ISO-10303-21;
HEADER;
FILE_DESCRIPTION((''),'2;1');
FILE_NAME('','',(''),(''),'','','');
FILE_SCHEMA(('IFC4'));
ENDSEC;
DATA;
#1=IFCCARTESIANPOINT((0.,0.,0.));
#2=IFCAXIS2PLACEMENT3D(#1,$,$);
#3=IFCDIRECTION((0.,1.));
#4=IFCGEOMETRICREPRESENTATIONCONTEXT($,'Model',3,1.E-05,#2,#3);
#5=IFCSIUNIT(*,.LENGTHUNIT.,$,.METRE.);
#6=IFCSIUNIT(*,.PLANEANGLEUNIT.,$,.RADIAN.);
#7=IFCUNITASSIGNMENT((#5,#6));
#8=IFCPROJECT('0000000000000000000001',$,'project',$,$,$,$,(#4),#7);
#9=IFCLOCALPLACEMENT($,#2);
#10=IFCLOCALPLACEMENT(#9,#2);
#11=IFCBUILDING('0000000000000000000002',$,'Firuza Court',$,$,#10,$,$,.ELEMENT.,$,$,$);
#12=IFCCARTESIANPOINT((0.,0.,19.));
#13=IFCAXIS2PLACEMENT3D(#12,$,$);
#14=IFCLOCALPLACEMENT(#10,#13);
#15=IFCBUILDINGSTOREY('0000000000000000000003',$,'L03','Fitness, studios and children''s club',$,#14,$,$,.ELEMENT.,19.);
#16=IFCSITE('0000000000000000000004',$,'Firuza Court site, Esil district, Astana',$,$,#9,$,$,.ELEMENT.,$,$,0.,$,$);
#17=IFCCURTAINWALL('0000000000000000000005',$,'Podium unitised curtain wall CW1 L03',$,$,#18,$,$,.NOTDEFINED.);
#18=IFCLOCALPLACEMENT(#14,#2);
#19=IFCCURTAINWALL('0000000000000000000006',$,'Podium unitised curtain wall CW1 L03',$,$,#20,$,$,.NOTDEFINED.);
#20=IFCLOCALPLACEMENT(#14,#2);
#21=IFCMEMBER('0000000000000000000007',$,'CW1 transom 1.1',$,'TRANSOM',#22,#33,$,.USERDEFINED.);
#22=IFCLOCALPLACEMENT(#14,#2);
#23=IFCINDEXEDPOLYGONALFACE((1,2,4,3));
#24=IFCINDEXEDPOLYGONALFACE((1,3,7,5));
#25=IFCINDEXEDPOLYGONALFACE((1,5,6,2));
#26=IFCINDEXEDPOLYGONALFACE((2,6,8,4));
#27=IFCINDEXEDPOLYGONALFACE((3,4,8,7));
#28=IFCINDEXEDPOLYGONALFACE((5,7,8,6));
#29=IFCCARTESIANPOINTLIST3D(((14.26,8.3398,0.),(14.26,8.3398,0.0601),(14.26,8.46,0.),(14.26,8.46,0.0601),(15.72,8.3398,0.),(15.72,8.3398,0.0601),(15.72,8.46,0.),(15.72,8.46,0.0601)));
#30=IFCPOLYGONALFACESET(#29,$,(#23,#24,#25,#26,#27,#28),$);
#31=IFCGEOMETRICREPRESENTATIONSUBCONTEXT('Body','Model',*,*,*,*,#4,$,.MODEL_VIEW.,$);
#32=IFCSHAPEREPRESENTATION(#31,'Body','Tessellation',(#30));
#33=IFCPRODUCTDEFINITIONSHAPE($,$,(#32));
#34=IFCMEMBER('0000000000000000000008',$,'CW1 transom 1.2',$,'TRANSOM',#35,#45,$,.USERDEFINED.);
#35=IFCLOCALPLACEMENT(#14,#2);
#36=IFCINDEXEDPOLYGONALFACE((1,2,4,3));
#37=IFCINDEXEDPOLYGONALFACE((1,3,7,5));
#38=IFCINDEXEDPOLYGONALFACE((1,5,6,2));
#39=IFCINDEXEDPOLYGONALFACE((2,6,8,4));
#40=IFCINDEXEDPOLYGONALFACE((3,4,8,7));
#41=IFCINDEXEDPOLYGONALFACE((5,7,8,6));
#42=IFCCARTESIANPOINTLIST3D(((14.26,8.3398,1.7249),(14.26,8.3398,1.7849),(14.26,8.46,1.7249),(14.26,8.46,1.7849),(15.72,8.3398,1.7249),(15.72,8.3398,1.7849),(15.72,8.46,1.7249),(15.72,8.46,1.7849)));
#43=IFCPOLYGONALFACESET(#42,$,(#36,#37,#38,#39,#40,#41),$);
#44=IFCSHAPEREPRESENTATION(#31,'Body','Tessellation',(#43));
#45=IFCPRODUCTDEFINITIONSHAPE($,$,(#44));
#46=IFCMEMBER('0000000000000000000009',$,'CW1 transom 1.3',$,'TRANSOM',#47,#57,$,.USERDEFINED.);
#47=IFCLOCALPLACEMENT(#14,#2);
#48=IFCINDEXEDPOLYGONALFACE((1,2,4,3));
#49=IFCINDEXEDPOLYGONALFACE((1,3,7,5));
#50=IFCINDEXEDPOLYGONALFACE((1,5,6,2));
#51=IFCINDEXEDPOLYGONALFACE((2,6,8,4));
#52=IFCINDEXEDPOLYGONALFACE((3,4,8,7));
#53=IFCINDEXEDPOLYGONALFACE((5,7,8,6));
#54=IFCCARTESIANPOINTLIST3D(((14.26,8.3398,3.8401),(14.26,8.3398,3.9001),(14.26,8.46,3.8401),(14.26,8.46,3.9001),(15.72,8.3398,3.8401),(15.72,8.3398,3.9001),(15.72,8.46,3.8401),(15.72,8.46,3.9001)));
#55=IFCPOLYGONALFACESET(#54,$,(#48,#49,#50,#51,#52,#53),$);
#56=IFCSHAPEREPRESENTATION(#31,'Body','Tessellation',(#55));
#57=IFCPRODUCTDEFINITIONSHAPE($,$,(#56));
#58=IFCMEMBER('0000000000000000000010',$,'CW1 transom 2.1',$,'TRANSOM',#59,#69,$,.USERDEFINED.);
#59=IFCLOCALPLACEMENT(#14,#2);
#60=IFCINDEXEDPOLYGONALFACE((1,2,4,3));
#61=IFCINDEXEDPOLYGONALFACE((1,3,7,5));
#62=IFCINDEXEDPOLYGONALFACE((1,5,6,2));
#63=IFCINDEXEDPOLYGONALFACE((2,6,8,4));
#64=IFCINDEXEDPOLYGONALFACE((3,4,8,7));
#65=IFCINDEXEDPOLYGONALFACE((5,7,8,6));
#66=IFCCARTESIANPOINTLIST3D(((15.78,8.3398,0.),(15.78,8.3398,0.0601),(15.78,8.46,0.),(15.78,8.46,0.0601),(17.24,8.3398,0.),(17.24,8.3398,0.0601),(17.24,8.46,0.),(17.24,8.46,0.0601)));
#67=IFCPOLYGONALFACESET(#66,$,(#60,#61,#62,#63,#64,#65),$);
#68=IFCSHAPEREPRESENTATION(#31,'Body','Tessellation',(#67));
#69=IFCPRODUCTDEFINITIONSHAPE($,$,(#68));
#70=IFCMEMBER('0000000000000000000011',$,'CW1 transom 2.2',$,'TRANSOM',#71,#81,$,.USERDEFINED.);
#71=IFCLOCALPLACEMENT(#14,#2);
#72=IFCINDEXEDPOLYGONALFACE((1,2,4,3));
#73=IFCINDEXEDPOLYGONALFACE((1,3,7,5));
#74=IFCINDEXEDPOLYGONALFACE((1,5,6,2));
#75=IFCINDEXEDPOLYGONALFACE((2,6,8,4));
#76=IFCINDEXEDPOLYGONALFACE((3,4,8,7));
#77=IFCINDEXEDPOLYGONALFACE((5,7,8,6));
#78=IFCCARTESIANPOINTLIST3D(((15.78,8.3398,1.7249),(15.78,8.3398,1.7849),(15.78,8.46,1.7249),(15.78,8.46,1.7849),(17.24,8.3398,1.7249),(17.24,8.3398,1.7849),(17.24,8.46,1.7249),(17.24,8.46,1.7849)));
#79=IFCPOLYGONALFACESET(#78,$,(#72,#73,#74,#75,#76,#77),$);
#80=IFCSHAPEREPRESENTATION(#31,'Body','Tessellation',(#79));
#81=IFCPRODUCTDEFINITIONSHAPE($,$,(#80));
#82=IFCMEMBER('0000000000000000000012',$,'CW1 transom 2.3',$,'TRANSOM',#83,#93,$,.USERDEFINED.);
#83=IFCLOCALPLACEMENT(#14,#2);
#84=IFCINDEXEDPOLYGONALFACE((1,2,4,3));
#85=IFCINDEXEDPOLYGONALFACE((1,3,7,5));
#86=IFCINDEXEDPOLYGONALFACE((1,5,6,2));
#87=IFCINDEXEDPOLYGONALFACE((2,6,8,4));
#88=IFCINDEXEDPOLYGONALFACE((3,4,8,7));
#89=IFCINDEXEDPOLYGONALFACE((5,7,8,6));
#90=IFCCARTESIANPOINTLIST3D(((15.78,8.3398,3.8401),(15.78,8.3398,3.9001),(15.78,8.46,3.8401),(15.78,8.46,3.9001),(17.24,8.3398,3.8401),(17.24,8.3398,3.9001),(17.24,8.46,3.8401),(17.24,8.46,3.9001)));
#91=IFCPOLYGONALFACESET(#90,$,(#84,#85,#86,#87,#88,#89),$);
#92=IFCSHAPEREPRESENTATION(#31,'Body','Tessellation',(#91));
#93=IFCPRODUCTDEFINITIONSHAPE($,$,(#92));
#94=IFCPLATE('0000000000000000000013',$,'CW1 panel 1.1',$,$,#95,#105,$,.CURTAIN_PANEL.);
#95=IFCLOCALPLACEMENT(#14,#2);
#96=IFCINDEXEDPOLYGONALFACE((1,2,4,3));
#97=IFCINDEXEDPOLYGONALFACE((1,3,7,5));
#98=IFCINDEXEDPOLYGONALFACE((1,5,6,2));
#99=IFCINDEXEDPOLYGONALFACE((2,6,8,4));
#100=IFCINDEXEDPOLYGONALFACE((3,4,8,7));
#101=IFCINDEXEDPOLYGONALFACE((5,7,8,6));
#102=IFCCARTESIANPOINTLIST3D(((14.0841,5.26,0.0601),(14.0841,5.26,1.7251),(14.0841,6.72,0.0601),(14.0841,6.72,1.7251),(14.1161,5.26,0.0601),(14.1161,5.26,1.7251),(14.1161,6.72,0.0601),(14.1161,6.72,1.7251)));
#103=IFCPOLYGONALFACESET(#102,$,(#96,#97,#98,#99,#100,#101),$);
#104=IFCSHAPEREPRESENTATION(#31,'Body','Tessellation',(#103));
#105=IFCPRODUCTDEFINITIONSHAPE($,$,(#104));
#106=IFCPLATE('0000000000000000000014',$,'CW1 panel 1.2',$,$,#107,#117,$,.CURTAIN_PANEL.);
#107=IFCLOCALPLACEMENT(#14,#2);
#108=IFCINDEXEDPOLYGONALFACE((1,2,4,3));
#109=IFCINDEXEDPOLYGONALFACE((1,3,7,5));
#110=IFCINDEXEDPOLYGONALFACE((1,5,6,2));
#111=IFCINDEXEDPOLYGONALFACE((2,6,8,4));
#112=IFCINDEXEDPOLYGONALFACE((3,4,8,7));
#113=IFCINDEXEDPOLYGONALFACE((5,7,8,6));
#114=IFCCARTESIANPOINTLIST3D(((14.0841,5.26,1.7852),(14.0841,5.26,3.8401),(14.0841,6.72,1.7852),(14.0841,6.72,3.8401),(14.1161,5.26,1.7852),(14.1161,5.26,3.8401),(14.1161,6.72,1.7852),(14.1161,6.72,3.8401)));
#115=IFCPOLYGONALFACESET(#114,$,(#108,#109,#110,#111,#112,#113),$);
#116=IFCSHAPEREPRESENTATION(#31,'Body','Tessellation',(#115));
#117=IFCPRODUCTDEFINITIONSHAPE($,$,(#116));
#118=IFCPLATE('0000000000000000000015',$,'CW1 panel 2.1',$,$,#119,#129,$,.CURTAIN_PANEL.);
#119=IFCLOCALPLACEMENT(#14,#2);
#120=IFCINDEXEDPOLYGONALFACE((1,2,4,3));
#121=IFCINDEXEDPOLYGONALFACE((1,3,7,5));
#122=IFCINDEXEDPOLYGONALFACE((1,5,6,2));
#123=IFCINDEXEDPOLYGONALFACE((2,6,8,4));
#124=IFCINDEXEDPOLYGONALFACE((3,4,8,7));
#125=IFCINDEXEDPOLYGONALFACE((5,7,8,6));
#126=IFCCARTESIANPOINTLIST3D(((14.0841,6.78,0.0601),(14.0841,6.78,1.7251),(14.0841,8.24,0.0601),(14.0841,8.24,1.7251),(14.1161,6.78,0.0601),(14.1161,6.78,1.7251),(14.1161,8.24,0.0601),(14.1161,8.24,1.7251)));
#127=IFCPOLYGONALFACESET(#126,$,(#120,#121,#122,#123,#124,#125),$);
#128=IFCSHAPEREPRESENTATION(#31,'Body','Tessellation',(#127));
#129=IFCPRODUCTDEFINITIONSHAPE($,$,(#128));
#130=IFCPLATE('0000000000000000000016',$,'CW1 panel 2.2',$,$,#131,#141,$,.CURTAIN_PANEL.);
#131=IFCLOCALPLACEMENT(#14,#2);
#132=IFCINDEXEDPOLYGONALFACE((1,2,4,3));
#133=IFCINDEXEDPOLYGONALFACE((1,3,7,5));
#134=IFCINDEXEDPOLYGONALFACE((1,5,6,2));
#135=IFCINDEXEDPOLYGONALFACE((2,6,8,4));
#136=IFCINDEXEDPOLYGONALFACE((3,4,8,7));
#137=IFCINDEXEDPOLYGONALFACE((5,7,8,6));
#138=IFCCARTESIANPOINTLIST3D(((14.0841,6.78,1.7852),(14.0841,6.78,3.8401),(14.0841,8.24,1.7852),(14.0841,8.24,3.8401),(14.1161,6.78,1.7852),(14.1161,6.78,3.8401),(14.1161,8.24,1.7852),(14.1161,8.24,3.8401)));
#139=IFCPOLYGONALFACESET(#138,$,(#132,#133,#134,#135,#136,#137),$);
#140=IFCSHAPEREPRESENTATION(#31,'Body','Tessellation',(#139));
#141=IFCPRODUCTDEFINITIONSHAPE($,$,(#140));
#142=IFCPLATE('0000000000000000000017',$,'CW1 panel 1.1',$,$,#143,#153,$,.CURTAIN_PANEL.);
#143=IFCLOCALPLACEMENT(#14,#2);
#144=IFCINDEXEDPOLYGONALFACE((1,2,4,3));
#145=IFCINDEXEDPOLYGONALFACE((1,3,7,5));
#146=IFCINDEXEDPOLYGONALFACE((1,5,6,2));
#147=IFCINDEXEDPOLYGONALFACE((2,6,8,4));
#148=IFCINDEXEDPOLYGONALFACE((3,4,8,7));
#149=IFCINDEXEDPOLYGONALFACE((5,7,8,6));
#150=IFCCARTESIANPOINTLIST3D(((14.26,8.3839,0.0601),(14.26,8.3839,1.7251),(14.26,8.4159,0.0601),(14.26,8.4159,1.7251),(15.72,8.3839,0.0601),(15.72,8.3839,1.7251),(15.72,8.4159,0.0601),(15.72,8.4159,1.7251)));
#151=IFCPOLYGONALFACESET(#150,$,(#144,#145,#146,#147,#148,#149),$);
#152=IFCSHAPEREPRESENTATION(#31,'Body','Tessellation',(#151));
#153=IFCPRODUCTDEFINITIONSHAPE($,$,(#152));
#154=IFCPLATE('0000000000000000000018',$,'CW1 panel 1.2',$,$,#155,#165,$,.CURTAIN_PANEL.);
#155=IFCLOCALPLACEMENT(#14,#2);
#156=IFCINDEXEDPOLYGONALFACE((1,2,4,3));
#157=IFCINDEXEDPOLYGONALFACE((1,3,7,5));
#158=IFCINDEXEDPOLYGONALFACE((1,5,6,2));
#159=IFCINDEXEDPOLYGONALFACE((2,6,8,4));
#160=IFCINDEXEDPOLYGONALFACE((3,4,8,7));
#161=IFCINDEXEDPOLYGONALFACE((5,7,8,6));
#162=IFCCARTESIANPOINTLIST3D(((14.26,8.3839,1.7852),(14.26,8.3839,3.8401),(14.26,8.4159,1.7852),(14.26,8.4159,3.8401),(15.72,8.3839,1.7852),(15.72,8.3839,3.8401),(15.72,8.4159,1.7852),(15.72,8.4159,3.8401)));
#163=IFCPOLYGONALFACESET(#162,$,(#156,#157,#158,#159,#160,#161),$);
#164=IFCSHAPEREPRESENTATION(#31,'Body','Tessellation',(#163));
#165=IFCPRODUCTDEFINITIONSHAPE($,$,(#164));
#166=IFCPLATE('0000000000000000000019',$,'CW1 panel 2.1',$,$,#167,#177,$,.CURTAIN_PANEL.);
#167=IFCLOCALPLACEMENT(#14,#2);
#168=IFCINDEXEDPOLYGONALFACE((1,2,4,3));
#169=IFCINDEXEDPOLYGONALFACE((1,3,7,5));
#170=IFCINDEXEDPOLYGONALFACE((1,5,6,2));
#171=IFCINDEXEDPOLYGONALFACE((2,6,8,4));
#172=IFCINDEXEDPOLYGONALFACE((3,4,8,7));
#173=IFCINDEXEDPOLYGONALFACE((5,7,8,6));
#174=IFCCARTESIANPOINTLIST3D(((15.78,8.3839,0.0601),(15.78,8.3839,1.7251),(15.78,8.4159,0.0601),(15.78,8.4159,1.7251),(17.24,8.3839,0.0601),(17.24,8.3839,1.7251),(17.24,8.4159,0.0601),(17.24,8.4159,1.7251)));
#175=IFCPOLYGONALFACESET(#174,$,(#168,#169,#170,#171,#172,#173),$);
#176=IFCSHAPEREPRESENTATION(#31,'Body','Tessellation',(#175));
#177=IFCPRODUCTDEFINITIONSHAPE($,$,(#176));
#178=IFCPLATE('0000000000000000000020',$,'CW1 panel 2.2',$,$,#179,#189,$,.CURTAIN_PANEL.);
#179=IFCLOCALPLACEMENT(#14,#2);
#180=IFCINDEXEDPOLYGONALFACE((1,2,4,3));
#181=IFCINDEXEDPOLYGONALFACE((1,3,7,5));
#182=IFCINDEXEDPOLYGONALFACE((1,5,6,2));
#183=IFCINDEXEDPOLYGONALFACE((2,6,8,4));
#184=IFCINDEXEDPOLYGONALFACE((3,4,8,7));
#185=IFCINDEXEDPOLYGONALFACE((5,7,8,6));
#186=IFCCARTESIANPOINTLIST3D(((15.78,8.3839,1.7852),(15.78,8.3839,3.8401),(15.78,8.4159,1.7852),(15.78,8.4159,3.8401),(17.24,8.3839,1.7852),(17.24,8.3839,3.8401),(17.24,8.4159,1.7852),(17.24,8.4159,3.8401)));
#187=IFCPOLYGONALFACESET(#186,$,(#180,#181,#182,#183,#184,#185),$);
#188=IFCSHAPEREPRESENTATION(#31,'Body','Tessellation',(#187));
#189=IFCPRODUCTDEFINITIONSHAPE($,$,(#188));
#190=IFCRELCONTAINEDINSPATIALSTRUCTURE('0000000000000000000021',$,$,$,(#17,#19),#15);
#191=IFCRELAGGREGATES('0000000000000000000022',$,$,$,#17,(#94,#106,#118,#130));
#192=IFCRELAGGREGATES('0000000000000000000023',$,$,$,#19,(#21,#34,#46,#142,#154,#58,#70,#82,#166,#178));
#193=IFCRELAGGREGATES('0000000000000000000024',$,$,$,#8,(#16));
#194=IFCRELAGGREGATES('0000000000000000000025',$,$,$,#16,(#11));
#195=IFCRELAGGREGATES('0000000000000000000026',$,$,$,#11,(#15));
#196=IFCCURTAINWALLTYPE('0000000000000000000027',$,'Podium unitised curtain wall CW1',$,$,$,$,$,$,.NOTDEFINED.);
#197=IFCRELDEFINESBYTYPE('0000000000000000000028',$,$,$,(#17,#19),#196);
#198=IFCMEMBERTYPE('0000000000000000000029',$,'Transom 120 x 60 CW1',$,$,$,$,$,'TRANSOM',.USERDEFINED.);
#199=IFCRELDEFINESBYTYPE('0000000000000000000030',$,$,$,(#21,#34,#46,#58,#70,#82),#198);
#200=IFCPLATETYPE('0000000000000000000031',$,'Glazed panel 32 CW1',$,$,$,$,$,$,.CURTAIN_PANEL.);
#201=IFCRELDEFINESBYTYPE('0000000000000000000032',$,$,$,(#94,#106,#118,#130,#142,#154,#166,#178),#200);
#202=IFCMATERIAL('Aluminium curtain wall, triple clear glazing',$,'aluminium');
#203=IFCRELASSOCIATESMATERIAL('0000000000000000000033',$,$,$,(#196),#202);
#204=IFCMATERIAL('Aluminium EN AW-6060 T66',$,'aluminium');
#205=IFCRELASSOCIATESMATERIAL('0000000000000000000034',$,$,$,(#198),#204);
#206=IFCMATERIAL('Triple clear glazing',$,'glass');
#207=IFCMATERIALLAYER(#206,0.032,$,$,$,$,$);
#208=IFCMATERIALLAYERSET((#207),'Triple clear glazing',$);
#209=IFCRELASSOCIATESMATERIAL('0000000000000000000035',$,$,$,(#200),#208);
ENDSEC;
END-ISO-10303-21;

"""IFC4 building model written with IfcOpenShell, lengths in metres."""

from ifc_helpers import new_model, si_unit, direction, frame, origin, origin_2d, place, context, subcontext, project, spatial, rectangle, extrude, material, layer, layer_set, material_profile, profile_set, type_object, element, aggregate, save


model = new_model("IFC4")

# Units and contexts
model_context = context("Model", 3, precision=1e-05, world=origin(), true_north=direction((0.0, 1.0)))
body_context = subcontext(model_context, "Body", "Model", "MODEL_VIEW")
ifc_project = project(units=[si_unit("LENGTHUNIT", "METRE"), si_unit("PLANEANGLEUNIT", "RADIAN")], contexts=[model_context])

# Site, building, storey
site_placement = place(None, origin())
site = spatial("IfcSite", under=ifc_project, at=site_placement, Name="Firuza Court site, Esil district, Astana", CompositionType="ELEMENT", RefElevation=0.0)
building_placement = place(site_placement, origin())
building = spatial("IfcBuilding", under=site, at=building_placement, Name="Firuza Court", CompositionType="ELEMENT")
storey_placement = place(building_placement, frame((0.0, 0.0, 19.0)))
storey = spatial("IfcBuildingStorey", under=building, at=storey_placement, Name="L03", Description="Fitness, studios and children's club", CompositionType="ELEMENT", Elevation=19.0)

# Curtain walls
ifc_material_1 = material(Name="Aluminium curtain wall, triple clear glazing", Category="aluminium")
curtain_wall_type = type_object("IfcCurtainWallType", Name="Podium unitised curtain wall CW1", PredefinedType="NOTDEFINED", material=ifc_material_1)
curtain_wall_1_placement = place(storey_placement, origin())
curtain_wall_1 = element("IfcCurtainWall", 1, at=curtain_wall_1_placement, inside=storey, type_object=curtain_wall_type, Name="Podium unitised curtain wall CW1 L03", PredefinedType="NOTDEFINED")
curtain_wall_2_placement = place(storey_placement, origin())
curtain_wall_2 = element("IfcCurtainWall", 2, at=curtain_wall_2_placement, inside=storey, type_object=curtain_wall_type, Name="Podium unitised curtain wall CW1 L03", PredefinedType="NOTDEFINED")

# Members
ifc_material_2 = material(Name="Aluminium EN AW-6060 T66", Category="aluminium")
ifc_material_profile_1 = material_profile(ifc_material_2, rectangle(XDim=0.1201, YDim=0.0601, at=origin_2d()), Name="Transom 120 x 60 CW1")
ifc_profile_set_1 = profile_set([ifc_material_profile_1], Name="Aluminium EN AW-6060 T66")
member_type_1 = type_object("IfcMemberType", Name="Transom 120 x 60 CW1", ElementType="TRANSOM", PredefinedType="USERDEFINED", material=ifc_profile_set_1)
member_1_placement = place(storey_placement, frame((14.26, 8.3999, 0.03), z_axis=(1.0, 0.0, 0.0), x_axis=(0.0, 1.0, 0.0)))
member_1 = element("IfcMember", 3, at=member_1_placement, type_object=member_type_1, Name="CW1 transom 1.1", ObjectType="TRANSOM", PredefinedType="USERDEFINED", context=body_context, shape_type="SweptSolid", body=[
    extrude(rectangle(XDim=0.1201, YDim=0.0601, at=origin_2d()), origin(), (0.0, 0.0, 1.0), 1.46),
])
member_2_placement = place(storey_placement, frame((14.26, 8.3999, 1.7549), z_axis=(1.0, 0.0, 0.0), x_axis=(0.0, 1.0, 0.0)))
member_2 = element("IfcMember", 4, at=member_2_placement, type_object=member_type_1, Name="CW1 transom 1.2", ObjectType="TRANSOM", PredefinedType="USERDEFINED", context=body_context, shape_type="SweptSolid", body=[
    extrude(rectangle(XDim=0.1201, YDim=0.0601, at=origin_2d()), origin(), (0.0, 0.0, 1.0), 1.46),
])
member_3_placement = place(storey_placement, frame((14.26, 8.3999, 3.8701), z_axis=(1.0, 0.0, 0.0), x_axis=(0.0, 1.0, 0.0)))
member_3 = element("IfcMember", 5, at=member_3_placement, type_object=member_type_1, Name="CW1 transom 1.3", ObjectType="TRANSOM", PredefinedType="USERDEFINED", context=body_context, shape_type="SweptSolid", body=[
    extrude(rectangle(XDim=0.1201, YDim=0.0601, at=origin_2d()), origin(), (0.0, 0.0, 1.0), 1.46),
])
member_4_placement = place(storey_placement, frame((15.78, 8.3999, 0.03), z_axis=(1.0, 0.0, 0.0), x_axis=(0.0, 1.0, 0.0)))
member_4 = element("IfcMember", 6, at=member_4_placement, type_object=member_type_1, Name="CW1 transom 2.1", ObjectType="TRANSOM", PredefinedType="USERDEFINED", context=body_context, shape_type="SweptSolid", body=[
    extrude(rectangle(XDim=0.1201, YDim=0.0601, at=origin_2d()), origin(), (0.0, 0.0, 1.0), 1.46),
])
member_5_placement = place(storey_placement, frame((15.78, 8.3999, 1.7549), z_axis=(1.0, 0.0, 0.0), x_axis=(0.0, 1.0, 0.0)))
member_5 = element("IfcMember", 7, at=member_5_placement, type_object=member_type_1, Name="CW1 transom 2.2", ObjectType="TRANSOM", PredefinedType="USERDEFINED", context=body_context, shape_type="SweptSolid", body=[
    extrude(rectangle(XDim=0.1201, YDim=0.0601, at=origin_2d()), origin(), (0.0, 0.0, 1.0), 1.46),
])
member_6_placement = place(storey_placement, frame((15.78, 8.3999, 3.8701), z_axis=(1.0, 0.0, 0.0), x_axis=(0.0, 1.0, 0.0)))
member_6 = element("IfcMember", 8, at=member_6_placement, type_object=member_type_1, Name="CW1 transom 2.3", ObjectType="TRANSOM", PredefinedType="USERDEFINED", context=body_context, shape_type="SweptSolid", body=[
    extrude(rectangle(XDim=0.1201, YDim=0.0601, at=origin_2d()), origin(), (0.0, 0.0, 1.0), 1.46),
])

# Plates
ifc_material_3 = material(Name="Triple clear glazing", Category="glass")
ifc_layer = layer(ifc_material_3, 0.032)
ifc_layer_set = layer_set([ifc_layer], Name="Triple clear glazing")
plate_type = type_object("IfcPlateType", Name="Glazed panel 32 CW1", PredefinedType="CURTAIN_PANEL", material=ifc_layer_set)
plate_1_placement = place(storey_placement, frame((14.1001, 5.99, 0.0601), z_axis=(0.0, 0.0, 1.0), x_axis=(0.0, 1.0, 0.0)))
plate_1 = element("IfcPlate", 9, at=plate_1_placement, type_object=plate_type, Name="CW1 panel 1.1", PredefinedType="CURTAIN_PANEL", context=body_context, shape_type="SweptSolid", body=[
    extrude(rectangle(XDim=1.46, YDim=0.032, at=origin_2d()), origin(), (0.0, 0.0, 1.0), 1.665),
])
plate_2_placement = place(storey_placement, frame((14.1001, 5.99, 1.7852), z_axis=(0.0, 0.0, 1.0), x_axis=(0.0, 1.0, 0.0)))
plate_2 = element("IfcPlate", 10, at=plate_2_placement, type_object=plate_type, Name="CW1 panel 1.2", PredefinedType="CURTAIN_PANEL", context=body_context, shape_type="SweptSolid", body=[
    extrude(rectangle(XDim=1.46, YDim=0.032, at=origin_2d()), origin(), (0.0, 0.0, 1.0), 2.0549),
])
plate_3_placement = place(storey_placement, frame((14.1001, 7.51, 0.0601), z_axis=(0.0, 0.0, 1.0), x_axis=(0.0, 1.0, 0.0)))
plate_3 = element("IfcPlate", 11, at=plate_3_placement, type_object=plate_type, Name="CW1 panel 2.1", PredefinedType="CURTAIN_PANEL", context=body_context, shape_type="SweptSolid", body=[
    extrude(rectangle(XDim=1.46, YDim=0.032, at=origin_2d()), origin(), (0.0, 0.0, 1.0), 1.665),
])
plate_4_placement = place(storey_placement, frame((14.1001, 7.51, 1.7852), z_axis=(0.0, 0.0, 1.0), x_axis=(0.0, 1.0, 0.0)))
plate_4 = element("IfcPlate", 12, at=plate_4_placement, type_object=plate_type, Name="CW1 panel 2.2", PredefinedType="CURTAIN_PANEL", context=body_context, shape_type="SweptSolid", body=[
    extrude(rectangle(XDim=1.46, YDim=0.032, at=origin_2d()), origin(), (0.0, 0.0, 1.0), 2.0549),
])
aggregate(curtain_wall_1, [plate_1, plate_2, plate_3, plate_4])
plate_5_placement = place(storey_placement, frame((14.99, 8.3999, 0.0601), z_axis=(0.0, 0.0, 1.0), x_axis=(1.0, 0.0, 0.0)))
plate_5 = element("IfcPlate", 13, at=plate_5_placement, type_object=plate_type, Name="CW1 panel 1.1", PredefinedType="CURTAIN_PANEL", context=body_context, shape_type="SweptSolid", body=[
    extrude(rectangle(XDim=1.46, YDim=0.032, at=origin_2d()), origin(), (0.0, 0.0, 1.0), 1.665),
])
plate_6_placement = place(storey_placement, frame((14.99, 8.3999, 1.7852), z_axis=(0.0, 0.0, 1.0), x_axis=(1.0, 0.0, 0.0)))
plate_6 = element("IfcPlate", 14, at=plate_6_placement, type_object=plate_type, Name="CW1 panel 1.2", PredefinedType="CURTAIN_PANEL", context=body_context, shape_type="SweptSolid", body=[
    extrude(rectangle(XDim=1.46, YDim=0.032, at=origin_2d()), origin(), (0.0, 0.0, 1.0), 2.0549),
])
plate_7_placement = place(storey_placement, frame((16.51, 8.3999, 0.0601), z_axis=(0.0, 0.0, 1.0), x_axis=(1.0, 0.0, 0.0)))
plate_7 = element("IfcPlate", 15, at=plate_7_placement, type_object=plate_type, Name="CW1 panel 2.1", PredefinedType="CURTAIN_PANEL", context=body_context, shape_type="SweptSolid", body=[
    extrude(rectangle(XDim=1.46, YDim=0.032, at=origin_2d()), origin(), (0.0, 0.0, 1.0), 1.665),
])
plate_8_placement = place(storey_placement, frame((16.51, 8.3999, 1.7852), z_axis=(0.0, 0.0, 1.0), x_axis=(1.0, 0.0, 0.0)))
plate_8 = element("IfcPlate", 16, at=plate_8_placement, type_object=plate_type, Name="CW1 panel 2.2", PredefinedType="CURTAIN_PANEL", context=body_context, shape_type="SweptSolid", body=[
    extrude(rectangle(XDim=1.46, YDim=0.032, at=origin_2d()), origin(), (0.0, 0.0, 1.0), 2.0549),
])
aggregate(curtain_wall_2, [member_1, member_2, member_3, plate_5, plate_6, member_4, member_5, member_6, plate_7, plate_8])

save(model, "model.ifc")
